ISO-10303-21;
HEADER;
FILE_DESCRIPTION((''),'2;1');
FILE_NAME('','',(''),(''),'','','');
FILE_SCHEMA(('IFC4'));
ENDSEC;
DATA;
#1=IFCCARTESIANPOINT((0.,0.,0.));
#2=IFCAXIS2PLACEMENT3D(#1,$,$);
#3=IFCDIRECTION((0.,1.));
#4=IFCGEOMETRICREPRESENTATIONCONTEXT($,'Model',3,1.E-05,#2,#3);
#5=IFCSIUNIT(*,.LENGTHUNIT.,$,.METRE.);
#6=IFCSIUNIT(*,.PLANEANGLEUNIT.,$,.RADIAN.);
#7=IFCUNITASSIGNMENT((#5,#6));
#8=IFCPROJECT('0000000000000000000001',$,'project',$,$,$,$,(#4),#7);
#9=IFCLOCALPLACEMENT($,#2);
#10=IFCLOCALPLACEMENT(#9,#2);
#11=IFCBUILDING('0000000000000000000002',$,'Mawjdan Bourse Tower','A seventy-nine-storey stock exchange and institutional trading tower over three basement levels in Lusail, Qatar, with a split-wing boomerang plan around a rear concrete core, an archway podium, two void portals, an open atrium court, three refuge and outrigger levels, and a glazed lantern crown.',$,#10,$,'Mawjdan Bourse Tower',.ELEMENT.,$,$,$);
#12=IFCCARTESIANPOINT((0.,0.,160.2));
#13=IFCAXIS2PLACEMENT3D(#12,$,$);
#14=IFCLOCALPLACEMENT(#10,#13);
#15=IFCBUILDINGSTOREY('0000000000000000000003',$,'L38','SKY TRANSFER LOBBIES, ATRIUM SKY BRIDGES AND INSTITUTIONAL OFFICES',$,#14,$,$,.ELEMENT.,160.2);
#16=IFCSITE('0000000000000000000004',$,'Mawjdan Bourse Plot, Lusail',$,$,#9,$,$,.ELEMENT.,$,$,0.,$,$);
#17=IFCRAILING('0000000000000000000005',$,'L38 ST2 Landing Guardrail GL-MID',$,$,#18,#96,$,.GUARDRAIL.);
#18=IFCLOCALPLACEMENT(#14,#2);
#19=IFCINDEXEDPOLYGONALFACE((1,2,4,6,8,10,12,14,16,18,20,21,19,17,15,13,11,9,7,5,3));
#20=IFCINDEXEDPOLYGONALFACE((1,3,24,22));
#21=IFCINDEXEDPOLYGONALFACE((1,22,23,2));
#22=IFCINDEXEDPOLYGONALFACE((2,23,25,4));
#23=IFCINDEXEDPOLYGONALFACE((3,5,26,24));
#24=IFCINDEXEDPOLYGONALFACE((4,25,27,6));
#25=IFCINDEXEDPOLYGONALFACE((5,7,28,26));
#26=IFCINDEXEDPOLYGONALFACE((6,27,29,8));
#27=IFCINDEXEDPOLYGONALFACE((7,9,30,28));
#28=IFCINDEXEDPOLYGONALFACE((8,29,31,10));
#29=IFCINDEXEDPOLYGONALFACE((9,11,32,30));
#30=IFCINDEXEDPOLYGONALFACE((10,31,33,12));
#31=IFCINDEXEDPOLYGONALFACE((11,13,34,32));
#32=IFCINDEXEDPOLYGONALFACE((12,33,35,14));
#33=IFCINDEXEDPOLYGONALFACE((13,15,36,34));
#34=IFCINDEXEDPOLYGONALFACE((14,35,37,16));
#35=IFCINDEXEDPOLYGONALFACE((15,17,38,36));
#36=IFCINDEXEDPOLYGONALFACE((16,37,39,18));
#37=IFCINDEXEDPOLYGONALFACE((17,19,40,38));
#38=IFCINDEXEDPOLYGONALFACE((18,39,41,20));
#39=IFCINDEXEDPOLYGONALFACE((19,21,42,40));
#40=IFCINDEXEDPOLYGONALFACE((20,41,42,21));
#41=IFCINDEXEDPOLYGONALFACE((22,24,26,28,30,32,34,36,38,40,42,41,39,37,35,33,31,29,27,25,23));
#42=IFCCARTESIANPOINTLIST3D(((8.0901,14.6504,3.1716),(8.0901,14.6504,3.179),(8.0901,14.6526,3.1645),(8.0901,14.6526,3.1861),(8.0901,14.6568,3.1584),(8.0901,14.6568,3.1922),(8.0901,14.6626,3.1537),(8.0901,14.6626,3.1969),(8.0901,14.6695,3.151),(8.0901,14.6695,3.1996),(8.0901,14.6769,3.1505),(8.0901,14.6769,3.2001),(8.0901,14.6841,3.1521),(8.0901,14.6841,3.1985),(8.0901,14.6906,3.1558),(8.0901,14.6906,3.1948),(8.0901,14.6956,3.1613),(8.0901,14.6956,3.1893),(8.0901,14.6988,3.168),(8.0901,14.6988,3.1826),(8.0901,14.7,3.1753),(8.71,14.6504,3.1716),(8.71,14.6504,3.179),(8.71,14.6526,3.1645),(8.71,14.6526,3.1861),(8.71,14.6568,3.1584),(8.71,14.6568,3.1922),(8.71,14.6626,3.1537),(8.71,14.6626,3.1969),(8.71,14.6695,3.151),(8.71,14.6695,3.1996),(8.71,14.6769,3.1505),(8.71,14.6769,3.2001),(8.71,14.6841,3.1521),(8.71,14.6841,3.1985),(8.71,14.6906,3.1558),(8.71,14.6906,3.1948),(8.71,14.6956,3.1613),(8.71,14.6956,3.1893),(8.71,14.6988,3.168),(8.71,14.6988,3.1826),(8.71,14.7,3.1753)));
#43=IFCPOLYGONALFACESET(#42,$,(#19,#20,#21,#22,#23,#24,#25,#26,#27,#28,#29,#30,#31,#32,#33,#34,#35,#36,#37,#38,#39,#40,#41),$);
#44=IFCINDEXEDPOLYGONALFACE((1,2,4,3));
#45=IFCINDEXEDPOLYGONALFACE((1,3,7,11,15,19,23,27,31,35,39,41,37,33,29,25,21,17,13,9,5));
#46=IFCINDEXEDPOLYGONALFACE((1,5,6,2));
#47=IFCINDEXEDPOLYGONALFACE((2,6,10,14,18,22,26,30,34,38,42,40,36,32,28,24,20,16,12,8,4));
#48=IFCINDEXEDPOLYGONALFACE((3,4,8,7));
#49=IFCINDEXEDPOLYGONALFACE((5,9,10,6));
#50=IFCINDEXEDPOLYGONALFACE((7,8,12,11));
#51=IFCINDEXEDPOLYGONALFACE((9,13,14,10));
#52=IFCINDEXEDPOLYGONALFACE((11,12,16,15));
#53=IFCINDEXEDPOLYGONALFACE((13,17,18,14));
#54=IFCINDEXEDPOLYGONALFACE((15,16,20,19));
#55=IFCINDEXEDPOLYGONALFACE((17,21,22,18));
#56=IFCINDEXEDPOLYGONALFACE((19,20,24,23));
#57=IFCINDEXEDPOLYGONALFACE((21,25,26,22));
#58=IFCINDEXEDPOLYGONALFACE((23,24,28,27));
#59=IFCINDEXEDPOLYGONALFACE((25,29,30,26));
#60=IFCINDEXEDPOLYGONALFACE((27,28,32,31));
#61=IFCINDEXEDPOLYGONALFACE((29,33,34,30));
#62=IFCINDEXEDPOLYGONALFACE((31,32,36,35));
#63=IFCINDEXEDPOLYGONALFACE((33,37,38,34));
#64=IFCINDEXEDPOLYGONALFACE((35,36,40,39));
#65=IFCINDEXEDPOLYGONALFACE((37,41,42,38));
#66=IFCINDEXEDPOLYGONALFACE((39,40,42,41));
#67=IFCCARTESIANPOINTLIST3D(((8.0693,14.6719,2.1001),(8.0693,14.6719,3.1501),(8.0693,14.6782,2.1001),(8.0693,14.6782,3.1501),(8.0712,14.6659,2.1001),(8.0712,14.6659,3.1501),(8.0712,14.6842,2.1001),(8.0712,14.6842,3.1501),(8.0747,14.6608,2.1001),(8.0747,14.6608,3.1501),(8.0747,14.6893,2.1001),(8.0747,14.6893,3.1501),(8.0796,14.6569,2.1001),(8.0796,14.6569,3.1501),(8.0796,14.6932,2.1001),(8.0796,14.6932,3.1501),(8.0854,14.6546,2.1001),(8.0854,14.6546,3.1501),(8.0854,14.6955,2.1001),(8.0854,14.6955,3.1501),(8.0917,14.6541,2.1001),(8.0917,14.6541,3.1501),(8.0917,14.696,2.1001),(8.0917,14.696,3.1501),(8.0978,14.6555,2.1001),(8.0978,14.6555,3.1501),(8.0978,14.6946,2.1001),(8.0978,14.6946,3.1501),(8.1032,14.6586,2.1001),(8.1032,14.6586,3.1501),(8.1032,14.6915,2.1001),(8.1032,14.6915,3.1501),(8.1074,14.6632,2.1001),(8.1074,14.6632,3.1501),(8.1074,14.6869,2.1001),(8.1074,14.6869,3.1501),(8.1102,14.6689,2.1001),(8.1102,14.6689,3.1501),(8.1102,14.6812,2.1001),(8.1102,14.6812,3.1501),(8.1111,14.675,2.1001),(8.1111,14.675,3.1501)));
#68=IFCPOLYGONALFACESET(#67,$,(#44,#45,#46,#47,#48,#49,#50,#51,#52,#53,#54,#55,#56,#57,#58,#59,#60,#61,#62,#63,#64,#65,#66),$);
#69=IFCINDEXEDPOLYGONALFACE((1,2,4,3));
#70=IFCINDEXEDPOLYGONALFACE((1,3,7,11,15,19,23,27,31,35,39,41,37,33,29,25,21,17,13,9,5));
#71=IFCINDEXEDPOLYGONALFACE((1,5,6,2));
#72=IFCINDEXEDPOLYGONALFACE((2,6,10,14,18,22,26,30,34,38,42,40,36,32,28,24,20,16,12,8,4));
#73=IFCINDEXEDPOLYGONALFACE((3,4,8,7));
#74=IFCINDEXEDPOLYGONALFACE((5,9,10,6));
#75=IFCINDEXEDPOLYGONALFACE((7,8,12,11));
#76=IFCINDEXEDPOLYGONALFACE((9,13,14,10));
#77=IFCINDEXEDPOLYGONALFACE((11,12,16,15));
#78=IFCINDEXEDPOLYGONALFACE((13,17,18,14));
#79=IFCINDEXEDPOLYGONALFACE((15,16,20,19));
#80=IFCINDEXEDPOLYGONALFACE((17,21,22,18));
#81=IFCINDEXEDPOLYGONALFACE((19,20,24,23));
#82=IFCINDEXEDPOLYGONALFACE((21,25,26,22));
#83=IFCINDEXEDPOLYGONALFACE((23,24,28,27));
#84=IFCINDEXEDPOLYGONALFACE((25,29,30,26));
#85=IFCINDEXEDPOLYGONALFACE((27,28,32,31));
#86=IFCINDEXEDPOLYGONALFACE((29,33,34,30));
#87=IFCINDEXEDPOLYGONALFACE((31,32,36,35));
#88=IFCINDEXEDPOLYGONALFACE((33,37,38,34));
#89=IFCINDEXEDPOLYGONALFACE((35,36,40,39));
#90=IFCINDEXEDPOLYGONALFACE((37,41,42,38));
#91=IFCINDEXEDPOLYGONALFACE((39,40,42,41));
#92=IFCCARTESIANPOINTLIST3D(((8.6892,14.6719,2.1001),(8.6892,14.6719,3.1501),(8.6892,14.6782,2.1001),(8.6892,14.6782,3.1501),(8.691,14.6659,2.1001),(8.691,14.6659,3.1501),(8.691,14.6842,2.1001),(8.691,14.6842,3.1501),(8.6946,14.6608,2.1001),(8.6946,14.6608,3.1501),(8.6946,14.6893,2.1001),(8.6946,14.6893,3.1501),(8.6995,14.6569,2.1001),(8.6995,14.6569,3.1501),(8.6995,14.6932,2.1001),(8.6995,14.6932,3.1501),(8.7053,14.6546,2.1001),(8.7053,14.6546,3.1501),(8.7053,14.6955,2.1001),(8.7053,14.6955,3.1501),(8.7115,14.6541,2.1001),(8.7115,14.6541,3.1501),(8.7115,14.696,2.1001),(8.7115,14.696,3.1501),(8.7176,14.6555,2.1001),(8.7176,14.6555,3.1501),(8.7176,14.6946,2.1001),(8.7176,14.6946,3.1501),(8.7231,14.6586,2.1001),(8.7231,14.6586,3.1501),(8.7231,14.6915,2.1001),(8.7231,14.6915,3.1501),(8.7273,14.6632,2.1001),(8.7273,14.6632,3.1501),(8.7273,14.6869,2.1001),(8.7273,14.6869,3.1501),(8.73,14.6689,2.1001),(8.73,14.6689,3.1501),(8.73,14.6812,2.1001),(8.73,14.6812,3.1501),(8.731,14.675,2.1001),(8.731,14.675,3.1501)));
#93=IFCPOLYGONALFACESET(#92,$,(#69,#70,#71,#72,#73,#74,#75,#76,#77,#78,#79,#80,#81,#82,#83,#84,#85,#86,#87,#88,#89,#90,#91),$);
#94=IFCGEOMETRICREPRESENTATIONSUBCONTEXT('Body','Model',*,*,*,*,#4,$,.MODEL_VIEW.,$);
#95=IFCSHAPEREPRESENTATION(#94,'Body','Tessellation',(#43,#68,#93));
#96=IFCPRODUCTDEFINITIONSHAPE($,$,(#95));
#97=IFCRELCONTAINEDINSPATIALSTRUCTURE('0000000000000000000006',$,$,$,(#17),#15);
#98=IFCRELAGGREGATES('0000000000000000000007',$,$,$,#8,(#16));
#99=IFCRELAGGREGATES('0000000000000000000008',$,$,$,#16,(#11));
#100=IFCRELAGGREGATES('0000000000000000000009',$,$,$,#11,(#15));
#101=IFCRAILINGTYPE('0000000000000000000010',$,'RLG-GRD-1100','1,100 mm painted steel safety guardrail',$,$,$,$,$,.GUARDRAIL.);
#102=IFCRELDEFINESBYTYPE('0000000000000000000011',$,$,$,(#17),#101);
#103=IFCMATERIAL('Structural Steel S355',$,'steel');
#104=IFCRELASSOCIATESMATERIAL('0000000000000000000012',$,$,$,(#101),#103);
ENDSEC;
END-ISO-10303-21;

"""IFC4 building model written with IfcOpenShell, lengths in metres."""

from ifc_helpers import new_model, si_unit, direction, frame, origin, origin_2d, place, context, subcontext, project, spatial, circle, extrude, material, type_object, element, save


model = new_model("IFC4")

# Units and contexts
model_context = context("Model", 3, precision=1e-05, world=origin(), true_north=direction((0.0, 1.0)))
body_context = subcontext(model_context, "Body", "Model", "MODEL_VIEW")
ifc_project = project(units=[si_unit("LENGTHUNIT", "METRE"), si_unit("PLANEANGLEUNIT", "RADIAN")], contexts=[model_context])

# Site, building, storey
site_placement = place(None, origin())
site = spatial("IfcSite", under=ifc_project, at=site_placement, Name="Mawjdan Bourse Plot, Lusail", CompositionType="ELEMENT", RefElevation=0.0)
building_placement = place(site_placement, origin())
building = spatial("IfcBuilding", under=site, at=building_placement, Name="Mawjdan Bourse Tower", Description="A seventy-nine-storey stock exchange and institutional trading tower over three basement levels in Lusail, Qatar, with a split-wing boomerang plan around a rear concrete core, an archway podium, two void portals, an open atrium court, three refuge and outrigger levels, and a glazed lantern crown.", LongName="Mawjdan Bourse Tower", CompositionType="ELEMENT")
storey_placement = place(building_placement, frame((0.0, 0.0, 160.2)))
storey = spatial("IfcBuildingStorey", under=building, at=storey_placement, Name="L38", Description="SKY TRANSFER LOBBIES, ATRIUM SKY BRIDGES AND INSTITUTIONAL OFFICES", CompositionType="ELEMENT", Elevation=160.2)

# Shared definitions
ifc_material_1 = material(Name="Structural Steel S355", Category="steel")

# Railing
railing_type_1 = type_object("IfcRailingType", Name="RLG-GRD-1100", Description="1,100 mm painted steel safety guardrail", PredefinedType="GUARDRAIL", material=ifc_material_1)
for number, where, name in (
    (1, (8.0901, 14.675, 2.1001), "L38 ST2 Landing Guardrail GL-MID"),
):
    element("IfcRailing", number, at=place(storey_placement, frame(where)), inside=storey, type_object=railing_type_1, Name=name, PredefinedType="GUARDRAIL", context=body_context, shape_type="SweptSolid", body=[
        extrude(circle(Radius=0.0249, at=origin_2d()), frame((0.0, 0.0, 1.0752), z_axis=(1.0, 0.0, 0.0), x_axis=(0.0, 1.0, 0.0)), (0.0, 0.0, 1.0), 0.6199),
        extrude(circle(Radius=0.021, at=origin_2d()), origin(), (0.0, 0.0, 1.0), 1.05),
        extrude(circle(Radius=0.021, at=origin_2d()), frame((0.6199, 0.0, 0.0)), (0.0, 0.0, 1.0), 1.05),
    ])

save(model, "model.ifc")
